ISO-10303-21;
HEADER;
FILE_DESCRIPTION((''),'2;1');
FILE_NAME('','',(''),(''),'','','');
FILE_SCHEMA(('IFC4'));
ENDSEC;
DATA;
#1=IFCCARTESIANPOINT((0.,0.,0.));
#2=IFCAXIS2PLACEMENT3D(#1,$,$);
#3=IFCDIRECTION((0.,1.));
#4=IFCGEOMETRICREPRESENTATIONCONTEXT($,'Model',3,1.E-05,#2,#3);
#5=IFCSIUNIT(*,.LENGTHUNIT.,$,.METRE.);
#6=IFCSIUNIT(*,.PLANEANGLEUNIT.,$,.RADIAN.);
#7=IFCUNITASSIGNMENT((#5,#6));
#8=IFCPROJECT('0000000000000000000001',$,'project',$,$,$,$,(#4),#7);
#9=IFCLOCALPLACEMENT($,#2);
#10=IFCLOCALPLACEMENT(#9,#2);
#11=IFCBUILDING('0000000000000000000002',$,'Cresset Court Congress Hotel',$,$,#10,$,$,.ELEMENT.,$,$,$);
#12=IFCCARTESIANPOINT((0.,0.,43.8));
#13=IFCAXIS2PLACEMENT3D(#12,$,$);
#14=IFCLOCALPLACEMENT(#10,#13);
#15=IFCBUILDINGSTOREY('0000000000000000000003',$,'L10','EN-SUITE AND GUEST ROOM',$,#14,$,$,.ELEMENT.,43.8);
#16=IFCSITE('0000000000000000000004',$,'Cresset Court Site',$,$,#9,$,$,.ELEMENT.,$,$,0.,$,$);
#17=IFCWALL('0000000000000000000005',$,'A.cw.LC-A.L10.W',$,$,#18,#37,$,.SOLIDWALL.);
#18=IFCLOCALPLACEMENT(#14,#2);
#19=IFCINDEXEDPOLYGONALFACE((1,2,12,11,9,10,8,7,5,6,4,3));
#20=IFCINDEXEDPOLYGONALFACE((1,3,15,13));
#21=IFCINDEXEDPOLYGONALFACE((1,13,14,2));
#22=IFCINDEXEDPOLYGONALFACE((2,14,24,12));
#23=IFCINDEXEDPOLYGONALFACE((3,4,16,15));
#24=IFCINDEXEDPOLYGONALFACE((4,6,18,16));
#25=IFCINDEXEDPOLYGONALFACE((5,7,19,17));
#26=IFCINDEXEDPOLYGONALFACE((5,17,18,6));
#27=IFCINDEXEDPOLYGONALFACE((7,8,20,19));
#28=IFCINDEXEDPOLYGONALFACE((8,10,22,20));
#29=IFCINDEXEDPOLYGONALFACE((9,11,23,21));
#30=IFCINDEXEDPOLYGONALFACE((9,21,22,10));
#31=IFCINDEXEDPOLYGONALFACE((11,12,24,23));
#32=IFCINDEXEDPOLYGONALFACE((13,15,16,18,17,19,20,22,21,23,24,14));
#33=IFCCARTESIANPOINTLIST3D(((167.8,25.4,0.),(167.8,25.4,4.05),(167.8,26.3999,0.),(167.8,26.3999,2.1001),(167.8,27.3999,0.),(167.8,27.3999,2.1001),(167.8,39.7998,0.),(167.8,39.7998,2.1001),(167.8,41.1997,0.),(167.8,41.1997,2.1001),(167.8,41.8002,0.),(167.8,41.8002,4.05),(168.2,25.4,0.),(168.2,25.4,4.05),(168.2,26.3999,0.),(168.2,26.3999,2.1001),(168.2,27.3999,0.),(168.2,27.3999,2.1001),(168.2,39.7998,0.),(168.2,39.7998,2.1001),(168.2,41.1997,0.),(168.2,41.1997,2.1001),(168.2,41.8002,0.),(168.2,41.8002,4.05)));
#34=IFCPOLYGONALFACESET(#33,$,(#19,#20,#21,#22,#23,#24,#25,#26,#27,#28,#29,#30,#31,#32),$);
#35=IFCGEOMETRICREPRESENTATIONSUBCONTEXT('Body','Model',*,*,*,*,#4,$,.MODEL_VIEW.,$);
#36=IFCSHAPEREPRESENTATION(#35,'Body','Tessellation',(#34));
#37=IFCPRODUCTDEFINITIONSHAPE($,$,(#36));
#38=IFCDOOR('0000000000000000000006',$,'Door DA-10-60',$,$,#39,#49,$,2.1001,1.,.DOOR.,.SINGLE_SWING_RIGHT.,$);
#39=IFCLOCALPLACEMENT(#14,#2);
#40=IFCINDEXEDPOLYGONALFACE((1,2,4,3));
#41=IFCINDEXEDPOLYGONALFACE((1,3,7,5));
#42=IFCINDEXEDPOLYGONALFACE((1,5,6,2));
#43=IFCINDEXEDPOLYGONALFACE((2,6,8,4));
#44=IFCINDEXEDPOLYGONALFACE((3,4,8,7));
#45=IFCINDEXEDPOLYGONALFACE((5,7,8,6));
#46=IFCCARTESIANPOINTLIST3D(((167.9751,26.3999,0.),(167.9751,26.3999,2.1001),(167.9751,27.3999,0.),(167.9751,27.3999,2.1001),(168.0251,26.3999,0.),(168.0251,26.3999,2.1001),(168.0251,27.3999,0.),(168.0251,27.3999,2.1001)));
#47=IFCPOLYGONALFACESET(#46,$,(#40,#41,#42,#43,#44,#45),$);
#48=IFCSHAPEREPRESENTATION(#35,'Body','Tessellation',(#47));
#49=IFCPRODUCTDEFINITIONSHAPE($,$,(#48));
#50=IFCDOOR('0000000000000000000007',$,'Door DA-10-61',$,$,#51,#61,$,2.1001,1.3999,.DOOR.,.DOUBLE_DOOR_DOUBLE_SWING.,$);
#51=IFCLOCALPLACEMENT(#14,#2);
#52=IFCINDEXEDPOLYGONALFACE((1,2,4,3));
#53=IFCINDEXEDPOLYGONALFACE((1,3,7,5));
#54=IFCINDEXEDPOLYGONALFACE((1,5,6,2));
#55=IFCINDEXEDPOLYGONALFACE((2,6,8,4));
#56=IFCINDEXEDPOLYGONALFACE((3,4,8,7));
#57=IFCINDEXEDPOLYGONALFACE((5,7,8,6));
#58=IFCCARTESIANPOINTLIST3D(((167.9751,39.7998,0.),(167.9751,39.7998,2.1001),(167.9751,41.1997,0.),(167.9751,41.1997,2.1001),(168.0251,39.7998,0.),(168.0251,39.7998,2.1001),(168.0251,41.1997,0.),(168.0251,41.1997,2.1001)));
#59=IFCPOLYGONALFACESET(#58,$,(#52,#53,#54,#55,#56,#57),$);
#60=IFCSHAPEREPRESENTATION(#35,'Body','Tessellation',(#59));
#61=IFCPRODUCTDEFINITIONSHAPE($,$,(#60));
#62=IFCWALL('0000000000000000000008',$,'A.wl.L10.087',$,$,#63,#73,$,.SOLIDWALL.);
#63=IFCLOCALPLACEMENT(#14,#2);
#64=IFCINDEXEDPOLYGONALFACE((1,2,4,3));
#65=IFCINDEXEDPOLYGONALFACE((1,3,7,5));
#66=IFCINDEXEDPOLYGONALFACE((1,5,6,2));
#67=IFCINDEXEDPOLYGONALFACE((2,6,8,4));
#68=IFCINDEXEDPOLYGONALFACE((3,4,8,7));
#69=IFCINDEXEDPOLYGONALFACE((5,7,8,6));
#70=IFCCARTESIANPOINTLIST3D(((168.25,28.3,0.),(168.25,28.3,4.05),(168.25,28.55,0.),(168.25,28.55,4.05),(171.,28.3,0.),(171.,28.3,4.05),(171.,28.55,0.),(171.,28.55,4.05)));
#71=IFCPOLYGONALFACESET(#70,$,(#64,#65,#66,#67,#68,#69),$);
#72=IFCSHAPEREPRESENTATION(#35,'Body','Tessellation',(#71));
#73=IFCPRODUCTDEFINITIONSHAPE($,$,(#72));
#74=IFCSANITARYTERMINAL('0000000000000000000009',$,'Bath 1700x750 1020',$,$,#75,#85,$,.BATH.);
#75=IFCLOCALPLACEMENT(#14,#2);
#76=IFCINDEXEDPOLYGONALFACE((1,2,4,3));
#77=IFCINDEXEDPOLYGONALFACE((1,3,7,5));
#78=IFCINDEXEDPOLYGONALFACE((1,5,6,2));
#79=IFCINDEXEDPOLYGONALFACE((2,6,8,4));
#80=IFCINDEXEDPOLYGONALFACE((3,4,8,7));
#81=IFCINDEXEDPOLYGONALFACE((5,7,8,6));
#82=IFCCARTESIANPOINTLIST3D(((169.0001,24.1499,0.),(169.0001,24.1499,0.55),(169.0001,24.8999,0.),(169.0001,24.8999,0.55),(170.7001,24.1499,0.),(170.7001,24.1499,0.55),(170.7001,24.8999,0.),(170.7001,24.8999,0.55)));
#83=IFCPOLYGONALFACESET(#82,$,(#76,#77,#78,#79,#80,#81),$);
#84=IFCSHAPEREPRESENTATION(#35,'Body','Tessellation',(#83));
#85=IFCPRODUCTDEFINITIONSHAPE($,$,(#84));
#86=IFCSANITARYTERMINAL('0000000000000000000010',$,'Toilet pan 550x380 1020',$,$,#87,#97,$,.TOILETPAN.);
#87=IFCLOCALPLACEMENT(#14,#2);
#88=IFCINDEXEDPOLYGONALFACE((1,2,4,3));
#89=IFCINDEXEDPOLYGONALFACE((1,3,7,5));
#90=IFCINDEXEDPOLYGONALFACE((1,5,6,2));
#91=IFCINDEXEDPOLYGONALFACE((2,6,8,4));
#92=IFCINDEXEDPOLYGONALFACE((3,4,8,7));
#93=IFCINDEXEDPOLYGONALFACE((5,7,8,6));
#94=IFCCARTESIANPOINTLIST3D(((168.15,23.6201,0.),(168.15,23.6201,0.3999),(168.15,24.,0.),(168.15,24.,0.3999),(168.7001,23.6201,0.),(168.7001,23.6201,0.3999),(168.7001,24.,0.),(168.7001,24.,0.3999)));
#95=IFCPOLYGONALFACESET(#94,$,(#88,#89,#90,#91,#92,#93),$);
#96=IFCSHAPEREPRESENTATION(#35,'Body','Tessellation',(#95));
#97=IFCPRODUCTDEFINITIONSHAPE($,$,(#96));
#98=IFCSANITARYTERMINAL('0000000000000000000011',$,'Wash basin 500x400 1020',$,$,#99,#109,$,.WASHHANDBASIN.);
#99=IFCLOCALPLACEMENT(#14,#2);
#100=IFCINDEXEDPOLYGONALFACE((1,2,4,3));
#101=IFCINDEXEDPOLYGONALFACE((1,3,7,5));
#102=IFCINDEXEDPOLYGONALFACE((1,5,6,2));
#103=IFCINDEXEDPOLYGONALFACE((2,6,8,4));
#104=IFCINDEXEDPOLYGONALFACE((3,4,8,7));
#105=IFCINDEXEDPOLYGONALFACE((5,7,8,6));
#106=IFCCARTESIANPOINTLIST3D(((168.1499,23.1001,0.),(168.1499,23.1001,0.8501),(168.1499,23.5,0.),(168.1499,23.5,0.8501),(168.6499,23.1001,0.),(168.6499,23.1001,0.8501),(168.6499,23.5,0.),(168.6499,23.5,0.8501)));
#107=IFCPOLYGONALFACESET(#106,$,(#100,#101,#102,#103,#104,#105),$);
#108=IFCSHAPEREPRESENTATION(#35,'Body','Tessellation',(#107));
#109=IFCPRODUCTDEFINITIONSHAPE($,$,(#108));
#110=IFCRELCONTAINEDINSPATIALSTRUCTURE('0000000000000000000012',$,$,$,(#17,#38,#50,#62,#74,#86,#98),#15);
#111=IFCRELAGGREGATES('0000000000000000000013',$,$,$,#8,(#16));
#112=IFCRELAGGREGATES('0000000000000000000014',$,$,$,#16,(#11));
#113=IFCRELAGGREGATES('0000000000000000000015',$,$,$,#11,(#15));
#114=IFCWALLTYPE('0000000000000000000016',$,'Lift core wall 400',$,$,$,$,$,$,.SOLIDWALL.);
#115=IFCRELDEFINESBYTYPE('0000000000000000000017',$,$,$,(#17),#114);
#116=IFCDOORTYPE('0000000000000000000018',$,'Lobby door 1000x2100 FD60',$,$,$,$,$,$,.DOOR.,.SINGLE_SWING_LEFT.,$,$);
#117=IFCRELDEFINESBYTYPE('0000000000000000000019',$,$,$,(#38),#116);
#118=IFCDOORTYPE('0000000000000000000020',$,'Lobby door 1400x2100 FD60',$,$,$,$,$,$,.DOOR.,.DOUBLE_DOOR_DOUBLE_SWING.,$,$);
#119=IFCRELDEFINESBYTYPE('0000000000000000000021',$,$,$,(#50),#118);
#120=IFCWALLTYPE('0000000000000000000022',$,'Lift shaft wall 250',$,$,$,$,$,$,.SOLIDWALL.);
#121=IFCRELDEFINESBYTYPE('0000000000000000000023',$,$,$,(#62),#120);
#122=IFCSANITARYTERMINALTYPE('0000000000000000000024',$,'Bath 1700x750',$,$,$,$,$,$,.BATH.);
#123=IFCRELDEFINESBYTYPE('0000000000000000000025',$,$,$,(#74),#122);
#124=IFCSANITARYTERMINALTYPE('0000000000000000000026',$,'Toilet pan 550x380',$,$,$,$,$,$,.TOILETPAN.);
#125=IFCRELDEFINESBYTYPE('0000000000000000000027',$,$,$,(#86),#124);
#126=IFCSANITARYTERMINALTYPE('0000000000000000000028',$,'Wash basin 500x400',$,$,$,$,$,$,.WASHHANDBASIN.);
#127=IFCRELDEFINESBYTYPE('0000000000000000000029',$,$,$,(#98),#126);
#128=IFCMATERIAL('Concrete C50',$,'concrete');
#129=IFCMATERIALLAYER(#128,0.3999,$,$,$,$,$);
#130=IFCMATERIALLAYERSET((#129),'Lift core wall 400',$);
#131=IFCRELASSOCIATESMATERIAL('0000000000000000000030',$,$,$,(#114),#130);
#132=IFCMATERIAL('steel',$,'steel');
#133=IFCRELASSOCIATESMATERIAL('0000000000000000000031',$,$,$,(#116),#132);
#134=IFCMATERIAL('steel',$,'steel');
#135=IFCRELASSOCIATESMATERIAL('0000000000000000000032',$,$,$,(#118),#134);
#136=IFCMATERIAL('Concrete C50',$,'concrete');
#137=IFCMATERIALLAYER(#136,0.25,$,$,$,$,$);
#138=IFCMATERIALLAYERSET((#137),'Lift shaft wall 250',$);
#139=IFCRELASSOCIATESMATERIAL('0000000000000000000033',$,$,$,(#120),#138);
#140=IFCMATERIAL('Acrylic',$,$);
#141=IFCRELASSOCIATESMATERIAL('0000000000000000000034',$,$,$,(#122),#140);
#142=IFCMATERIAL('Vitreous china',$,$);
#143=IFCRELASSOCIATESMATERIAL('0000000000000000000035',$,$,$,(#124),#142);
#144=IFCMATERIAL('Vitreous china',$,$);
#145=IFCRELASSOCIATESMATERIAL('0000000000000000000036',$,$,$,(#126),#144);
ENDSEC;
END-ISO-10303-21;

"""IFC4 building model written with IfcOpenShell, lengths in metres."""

from ifc_helpers import new_model, si_unit, direction, frame, frame_2d, origin, origin_2d, place, context, subcontext, project, spatial, rectangle, extrude, material, layer, layer_set, type_object, element, fill, save


model = new_model("IFC4")

# Units and contexts
model_context = context("Model", 3, precision=1e-05, world=origin(), true_north=direction((0.0, 1.0)))
body_context = subcontext(model_context, "Body", "Model", "MODEL_VIEW")
ifc_project = project(units=[si_unit("LENGTHUNIT", "METRE"), si_unit("PLANEANGLEUNIT", "RADIAN")], contexts=[model_context])

# Site, building, storey
site_placement = place(None, origin())
site = spatial("IfcSite", under=ifc_project, at=site_placement, Name="Cresset Court Site", CompositionType="ELEMENT", RefElevation=0.0)
building_placement = place(site_placement, origin())
building = spatial("IfcBuilding", under=site, at=building_placement, Name="Cresset Court Congress Hotel", CompositionType="ELEMENT")
storey_placement = place(building_placement, frame((0.0, 0.0, 43.8)))
storey = spatial("IfcBuildingStorey", under=building, at=storey_placement, Name="L10", Description="EN-SUITE AND GUEST ROOM", CompositionType="ELEMENT", Elevation=43.8)

# Shared definitions
ifc_material_1 = material(Name="Concrete C50", Category="concrete")
ifc_layer_1 = layer(ifc_material_1, 0.3999)
ifc_layer_set_1 = layer_set([ifc_layer_1], Name="Lift core wall 400")
wall_type_1 = type_object("IfcWallType", Name="Lift core wall 400", PredefinedType="SOLIDWALL", material=ifc_layer_set_1)

# Wall, openings, doors
wall_1_placement = place(storey_placement, frame((168.0, 25.3999, 0.0), z_axis=(0.0, 0.0, 1.0), x_axis=(0.0, 1.0, 0.0)))
wall_1 = element("IfcWall", 1, at=wall_1_placement, inside=storey, type_object=wall_type_1, Name="A.cw.LC-A.L10.W", PredefinedType="SOLIDWALL", context=body_context, shape_type="SweptSolid", body=[
    extrude(rectangle(XDim=16.4001, YDim=0.3999, at=frame_2d((8.2002, 0.0))), origin(), (0.0, 0.0, 1.0), 4.05),
])
opening_1_placement = place(wall_1_placement, frame((1.0, 0.0, 0.0)))
opening_1 = element("IfcOpeningElement", 2, at=opening_1_placement, cuts=wall_1, PredefinedType="OPENING", context=body_context, shape_type="SweptSolid", body=[
    extrude(rectangle(XDim=1.0, YDim=2.1001, at=frame_2d((0.5, 1.05))), frame((0.0, 0.21, 0.0), z_axis=(0.0, -1.0, 0.0), x_axis=(1.0, 0.0, 0.0)), (0.0, 0.0, 1.0), 0.4199),
])
opening_2_placement = place(wall_1_placement, frame((14.3999, 0.0, 0.0)))
opening_2 = element("IfcOpeningElement", 3, at=opening_2_placement, cuts=wall_1, PredefinedType="OPENING", context=body_context, shape_type="SweptSolid", body=[
    extrude(rectangle(XDim=1.3999, YDim=2.1001, at=frame_2d((0.7, 1.05))), frame((0.0, 0.21, 0.0), z_axis=(0.0, -1.0, 0.0), x_axis=(1.0, 0.0, 0.0)), (0.0, 0.0, 1.0), 0.4199),
])
ifc_material_2 = material(Name="steel", Category="steel")
door_type_1 = type_object("IfcDoorType", Name="Lobby door 1000x2100 FD60", OperationType="SINGLE_SWING_LEFT", PredefinedType="DOOR", material=ifc_material_2)
door_1_placement = place(opening_1_placement, origin())
door_1 = element("IfcDoor", 4, at=door_1_placement, inside=storey, type_object=door_type_1, Name="Door DA-10-60", OperationType="SINGLE_SWING_RIGHT", OverallHeight=2.1001, OverallWidth=1.0, PredefinedType="DOOR", context=body_context, shape_type="SweptSolid", body=[
    extrude(rectangle(XDim=1.0, YDim=2.1001, at=frame_2d((0.5, 1.05))), frame((0.0, 0.0249, 0.0), z_axis=(0.0, -1.0, 0.0), x_axis=(1.0, 0.0, 0.0)), (0.0, 0.0, 1.0), 0.05),
])
fill(opening_1, door_1)
ifc_material_3 = material(Name="steel", Category="steel")
door_type_2 = type_object("IfcDoorType", Name="Lobby door 1400x2100 FD60", OperationType="DOUBLE_DOOR_DOUBLE_SWING", PredefinedType="DOOR", material=ifc_material_3)
door_2_placement = place(opening_2_placement, origin())
door_2 = element("IfcDoor", 5, at=door_2_placement, inside=storey, type_object=door_type_2, Name="Door DA-10-61", OperationType="DOUBLE_DOOR_DOUBLE_SWING", OverallHeight=2.1001, OverallWidth=1.3999, PredefinedType="DOOR", context=body_context, shape_type="SweptSolid", body=[
    extrude(rectangle(XDim=1.3999, YDim=2.1001, at=frame_2d((0.7, 1.05))), frame((0.0, 0.0249, 0.0), z_axis=(0.0, -1.0, 0.0), x_axis=(1.0, 0.0, 0.0)), (0.0, 0.0, 1.0), 0.05),
])
fill(opening_2, door_2)

# Wall
ifc_material_4 = material(Name="Concrete C50", Category="concrete")
ifc_layer_2 = layer(ifc_material_4, 0.25)
ifc_layer_set_2 = layer_set([ifc_layer_2], Name="Lift shaft wall 250")
wall_type_2 = type_object("IfcWallType", Name="Lift shaft wall 250", PredefinedType="SOLIDWALL", material=ifc_layer_set_2)
wall_2_placement = place(storey_placement, frame((168.25, 28.425, 0.0), z_axis=(0.0, 0.0, 1.0), x_axis=(1.0, 0.0, 0.0)))
element("IfcWall", 6, at=wall_2_placement, inside=storey, type_object=wall_type_2, Name="A.wl.L10.087", PredefinedType="SOLIDWALL", context=body_context, shape_type="SweptSolid", body=[
    extrude(rectangle(XDim=2.75, YDim=0.25, at=frame_2d((1.375, 0.0))), origin(), (0.0, 0.0, 1.0), 4.05),
])

# Sanitary terminals
ifc_material_5 = material(Name="Acrylic")
sanitary_terminal_type_1 = type_object("IfcSanitaryTerminalType", Name="Bath 1700x750", PredefinedType="BATH", material=ifc_material_5)
sanitary_terminal_1_placement = place(storey_placement, frame((169.8501, 24.5249, 0.0), z_axis=(0.0, 0.0, 1.0), x_axis=(1.0, 0.0, 0.0)))
element("IfcSanitaryTerminal", 7, at=sanitary_terminal_1_placement, inside=storey, type_object=sanitary_terminal_type_1, Name="Bath 1700x750 1020", PredefinedType="BATH", context=body_context, shape_type="SweptSolid", body=[
    extrude(rectangle(XDim=1.7, YDim=0.75, at=origin_2d()), origin(), (0.0, 0.0, 1.0), 0.55),
])
ifc_material_6 = material(Name="Vitreous china")
sanitary_terminal_type_2 = type_object("IfcSanitaryTerminalType", Name="Toilet pan 550x380", PredefinedType="TOILETPAN", material=ifc_material_6)
sanitary_terminal_2_placement = place(storey_placement, frame((168.425, 23.8101, 0.0), z_axis=(0.0, 0.0, 1.0), x_axis=(1.0, 0.0, 0.0)))
element("IfcSanitaryTerminal", 8, at=sanitary_terminal_2_placement, inside=storey, type_object=sanitary_terminal_type_2, Name="Toilet pan 550x380 1020", PredefinedType="TOILETPAN", context=body_context, shape_type="SweptSolid", body=[
    extrude(rectangle(XDim=0.55, YDim=0.3799, at=origin_2d()), origin(), (0.0, 0.0, 1.0), 0.3999),
])
ifc_material_7 = material(Name="Vitreous china")
sanitary_terminal_type_3 = type_object("IfcSanitaryTerminalType", Name="Wash basin 500x400", PredefinedType="WASHHANDBASIN", material=ifc_material_7)
sanitary_terminal_3_placement = place(storey_placement, frame((168.3999, 23.3, 0.0), z_axis=(0.0, 0.0, 1.0), x_axis=(1.0, 0.0, 0.0)))
element("IfcSanitaryTerminal", 9, at=sanitary_terminal_3_placement, inside=storey, type_object=sanitary_terminal_type_3, Name="Wash basin 500x400 1020", PredefinedType="WASHHANDBASIN", context=body_context, shape_type="SweptSolid", body=[
    extrude(rectangle(XDim=0.5, YDim=0.3999, at=origin_2d()), origin(), (0.0, 0.0, 1.0), 0.8501),
])

save(model, "model.ifc")
